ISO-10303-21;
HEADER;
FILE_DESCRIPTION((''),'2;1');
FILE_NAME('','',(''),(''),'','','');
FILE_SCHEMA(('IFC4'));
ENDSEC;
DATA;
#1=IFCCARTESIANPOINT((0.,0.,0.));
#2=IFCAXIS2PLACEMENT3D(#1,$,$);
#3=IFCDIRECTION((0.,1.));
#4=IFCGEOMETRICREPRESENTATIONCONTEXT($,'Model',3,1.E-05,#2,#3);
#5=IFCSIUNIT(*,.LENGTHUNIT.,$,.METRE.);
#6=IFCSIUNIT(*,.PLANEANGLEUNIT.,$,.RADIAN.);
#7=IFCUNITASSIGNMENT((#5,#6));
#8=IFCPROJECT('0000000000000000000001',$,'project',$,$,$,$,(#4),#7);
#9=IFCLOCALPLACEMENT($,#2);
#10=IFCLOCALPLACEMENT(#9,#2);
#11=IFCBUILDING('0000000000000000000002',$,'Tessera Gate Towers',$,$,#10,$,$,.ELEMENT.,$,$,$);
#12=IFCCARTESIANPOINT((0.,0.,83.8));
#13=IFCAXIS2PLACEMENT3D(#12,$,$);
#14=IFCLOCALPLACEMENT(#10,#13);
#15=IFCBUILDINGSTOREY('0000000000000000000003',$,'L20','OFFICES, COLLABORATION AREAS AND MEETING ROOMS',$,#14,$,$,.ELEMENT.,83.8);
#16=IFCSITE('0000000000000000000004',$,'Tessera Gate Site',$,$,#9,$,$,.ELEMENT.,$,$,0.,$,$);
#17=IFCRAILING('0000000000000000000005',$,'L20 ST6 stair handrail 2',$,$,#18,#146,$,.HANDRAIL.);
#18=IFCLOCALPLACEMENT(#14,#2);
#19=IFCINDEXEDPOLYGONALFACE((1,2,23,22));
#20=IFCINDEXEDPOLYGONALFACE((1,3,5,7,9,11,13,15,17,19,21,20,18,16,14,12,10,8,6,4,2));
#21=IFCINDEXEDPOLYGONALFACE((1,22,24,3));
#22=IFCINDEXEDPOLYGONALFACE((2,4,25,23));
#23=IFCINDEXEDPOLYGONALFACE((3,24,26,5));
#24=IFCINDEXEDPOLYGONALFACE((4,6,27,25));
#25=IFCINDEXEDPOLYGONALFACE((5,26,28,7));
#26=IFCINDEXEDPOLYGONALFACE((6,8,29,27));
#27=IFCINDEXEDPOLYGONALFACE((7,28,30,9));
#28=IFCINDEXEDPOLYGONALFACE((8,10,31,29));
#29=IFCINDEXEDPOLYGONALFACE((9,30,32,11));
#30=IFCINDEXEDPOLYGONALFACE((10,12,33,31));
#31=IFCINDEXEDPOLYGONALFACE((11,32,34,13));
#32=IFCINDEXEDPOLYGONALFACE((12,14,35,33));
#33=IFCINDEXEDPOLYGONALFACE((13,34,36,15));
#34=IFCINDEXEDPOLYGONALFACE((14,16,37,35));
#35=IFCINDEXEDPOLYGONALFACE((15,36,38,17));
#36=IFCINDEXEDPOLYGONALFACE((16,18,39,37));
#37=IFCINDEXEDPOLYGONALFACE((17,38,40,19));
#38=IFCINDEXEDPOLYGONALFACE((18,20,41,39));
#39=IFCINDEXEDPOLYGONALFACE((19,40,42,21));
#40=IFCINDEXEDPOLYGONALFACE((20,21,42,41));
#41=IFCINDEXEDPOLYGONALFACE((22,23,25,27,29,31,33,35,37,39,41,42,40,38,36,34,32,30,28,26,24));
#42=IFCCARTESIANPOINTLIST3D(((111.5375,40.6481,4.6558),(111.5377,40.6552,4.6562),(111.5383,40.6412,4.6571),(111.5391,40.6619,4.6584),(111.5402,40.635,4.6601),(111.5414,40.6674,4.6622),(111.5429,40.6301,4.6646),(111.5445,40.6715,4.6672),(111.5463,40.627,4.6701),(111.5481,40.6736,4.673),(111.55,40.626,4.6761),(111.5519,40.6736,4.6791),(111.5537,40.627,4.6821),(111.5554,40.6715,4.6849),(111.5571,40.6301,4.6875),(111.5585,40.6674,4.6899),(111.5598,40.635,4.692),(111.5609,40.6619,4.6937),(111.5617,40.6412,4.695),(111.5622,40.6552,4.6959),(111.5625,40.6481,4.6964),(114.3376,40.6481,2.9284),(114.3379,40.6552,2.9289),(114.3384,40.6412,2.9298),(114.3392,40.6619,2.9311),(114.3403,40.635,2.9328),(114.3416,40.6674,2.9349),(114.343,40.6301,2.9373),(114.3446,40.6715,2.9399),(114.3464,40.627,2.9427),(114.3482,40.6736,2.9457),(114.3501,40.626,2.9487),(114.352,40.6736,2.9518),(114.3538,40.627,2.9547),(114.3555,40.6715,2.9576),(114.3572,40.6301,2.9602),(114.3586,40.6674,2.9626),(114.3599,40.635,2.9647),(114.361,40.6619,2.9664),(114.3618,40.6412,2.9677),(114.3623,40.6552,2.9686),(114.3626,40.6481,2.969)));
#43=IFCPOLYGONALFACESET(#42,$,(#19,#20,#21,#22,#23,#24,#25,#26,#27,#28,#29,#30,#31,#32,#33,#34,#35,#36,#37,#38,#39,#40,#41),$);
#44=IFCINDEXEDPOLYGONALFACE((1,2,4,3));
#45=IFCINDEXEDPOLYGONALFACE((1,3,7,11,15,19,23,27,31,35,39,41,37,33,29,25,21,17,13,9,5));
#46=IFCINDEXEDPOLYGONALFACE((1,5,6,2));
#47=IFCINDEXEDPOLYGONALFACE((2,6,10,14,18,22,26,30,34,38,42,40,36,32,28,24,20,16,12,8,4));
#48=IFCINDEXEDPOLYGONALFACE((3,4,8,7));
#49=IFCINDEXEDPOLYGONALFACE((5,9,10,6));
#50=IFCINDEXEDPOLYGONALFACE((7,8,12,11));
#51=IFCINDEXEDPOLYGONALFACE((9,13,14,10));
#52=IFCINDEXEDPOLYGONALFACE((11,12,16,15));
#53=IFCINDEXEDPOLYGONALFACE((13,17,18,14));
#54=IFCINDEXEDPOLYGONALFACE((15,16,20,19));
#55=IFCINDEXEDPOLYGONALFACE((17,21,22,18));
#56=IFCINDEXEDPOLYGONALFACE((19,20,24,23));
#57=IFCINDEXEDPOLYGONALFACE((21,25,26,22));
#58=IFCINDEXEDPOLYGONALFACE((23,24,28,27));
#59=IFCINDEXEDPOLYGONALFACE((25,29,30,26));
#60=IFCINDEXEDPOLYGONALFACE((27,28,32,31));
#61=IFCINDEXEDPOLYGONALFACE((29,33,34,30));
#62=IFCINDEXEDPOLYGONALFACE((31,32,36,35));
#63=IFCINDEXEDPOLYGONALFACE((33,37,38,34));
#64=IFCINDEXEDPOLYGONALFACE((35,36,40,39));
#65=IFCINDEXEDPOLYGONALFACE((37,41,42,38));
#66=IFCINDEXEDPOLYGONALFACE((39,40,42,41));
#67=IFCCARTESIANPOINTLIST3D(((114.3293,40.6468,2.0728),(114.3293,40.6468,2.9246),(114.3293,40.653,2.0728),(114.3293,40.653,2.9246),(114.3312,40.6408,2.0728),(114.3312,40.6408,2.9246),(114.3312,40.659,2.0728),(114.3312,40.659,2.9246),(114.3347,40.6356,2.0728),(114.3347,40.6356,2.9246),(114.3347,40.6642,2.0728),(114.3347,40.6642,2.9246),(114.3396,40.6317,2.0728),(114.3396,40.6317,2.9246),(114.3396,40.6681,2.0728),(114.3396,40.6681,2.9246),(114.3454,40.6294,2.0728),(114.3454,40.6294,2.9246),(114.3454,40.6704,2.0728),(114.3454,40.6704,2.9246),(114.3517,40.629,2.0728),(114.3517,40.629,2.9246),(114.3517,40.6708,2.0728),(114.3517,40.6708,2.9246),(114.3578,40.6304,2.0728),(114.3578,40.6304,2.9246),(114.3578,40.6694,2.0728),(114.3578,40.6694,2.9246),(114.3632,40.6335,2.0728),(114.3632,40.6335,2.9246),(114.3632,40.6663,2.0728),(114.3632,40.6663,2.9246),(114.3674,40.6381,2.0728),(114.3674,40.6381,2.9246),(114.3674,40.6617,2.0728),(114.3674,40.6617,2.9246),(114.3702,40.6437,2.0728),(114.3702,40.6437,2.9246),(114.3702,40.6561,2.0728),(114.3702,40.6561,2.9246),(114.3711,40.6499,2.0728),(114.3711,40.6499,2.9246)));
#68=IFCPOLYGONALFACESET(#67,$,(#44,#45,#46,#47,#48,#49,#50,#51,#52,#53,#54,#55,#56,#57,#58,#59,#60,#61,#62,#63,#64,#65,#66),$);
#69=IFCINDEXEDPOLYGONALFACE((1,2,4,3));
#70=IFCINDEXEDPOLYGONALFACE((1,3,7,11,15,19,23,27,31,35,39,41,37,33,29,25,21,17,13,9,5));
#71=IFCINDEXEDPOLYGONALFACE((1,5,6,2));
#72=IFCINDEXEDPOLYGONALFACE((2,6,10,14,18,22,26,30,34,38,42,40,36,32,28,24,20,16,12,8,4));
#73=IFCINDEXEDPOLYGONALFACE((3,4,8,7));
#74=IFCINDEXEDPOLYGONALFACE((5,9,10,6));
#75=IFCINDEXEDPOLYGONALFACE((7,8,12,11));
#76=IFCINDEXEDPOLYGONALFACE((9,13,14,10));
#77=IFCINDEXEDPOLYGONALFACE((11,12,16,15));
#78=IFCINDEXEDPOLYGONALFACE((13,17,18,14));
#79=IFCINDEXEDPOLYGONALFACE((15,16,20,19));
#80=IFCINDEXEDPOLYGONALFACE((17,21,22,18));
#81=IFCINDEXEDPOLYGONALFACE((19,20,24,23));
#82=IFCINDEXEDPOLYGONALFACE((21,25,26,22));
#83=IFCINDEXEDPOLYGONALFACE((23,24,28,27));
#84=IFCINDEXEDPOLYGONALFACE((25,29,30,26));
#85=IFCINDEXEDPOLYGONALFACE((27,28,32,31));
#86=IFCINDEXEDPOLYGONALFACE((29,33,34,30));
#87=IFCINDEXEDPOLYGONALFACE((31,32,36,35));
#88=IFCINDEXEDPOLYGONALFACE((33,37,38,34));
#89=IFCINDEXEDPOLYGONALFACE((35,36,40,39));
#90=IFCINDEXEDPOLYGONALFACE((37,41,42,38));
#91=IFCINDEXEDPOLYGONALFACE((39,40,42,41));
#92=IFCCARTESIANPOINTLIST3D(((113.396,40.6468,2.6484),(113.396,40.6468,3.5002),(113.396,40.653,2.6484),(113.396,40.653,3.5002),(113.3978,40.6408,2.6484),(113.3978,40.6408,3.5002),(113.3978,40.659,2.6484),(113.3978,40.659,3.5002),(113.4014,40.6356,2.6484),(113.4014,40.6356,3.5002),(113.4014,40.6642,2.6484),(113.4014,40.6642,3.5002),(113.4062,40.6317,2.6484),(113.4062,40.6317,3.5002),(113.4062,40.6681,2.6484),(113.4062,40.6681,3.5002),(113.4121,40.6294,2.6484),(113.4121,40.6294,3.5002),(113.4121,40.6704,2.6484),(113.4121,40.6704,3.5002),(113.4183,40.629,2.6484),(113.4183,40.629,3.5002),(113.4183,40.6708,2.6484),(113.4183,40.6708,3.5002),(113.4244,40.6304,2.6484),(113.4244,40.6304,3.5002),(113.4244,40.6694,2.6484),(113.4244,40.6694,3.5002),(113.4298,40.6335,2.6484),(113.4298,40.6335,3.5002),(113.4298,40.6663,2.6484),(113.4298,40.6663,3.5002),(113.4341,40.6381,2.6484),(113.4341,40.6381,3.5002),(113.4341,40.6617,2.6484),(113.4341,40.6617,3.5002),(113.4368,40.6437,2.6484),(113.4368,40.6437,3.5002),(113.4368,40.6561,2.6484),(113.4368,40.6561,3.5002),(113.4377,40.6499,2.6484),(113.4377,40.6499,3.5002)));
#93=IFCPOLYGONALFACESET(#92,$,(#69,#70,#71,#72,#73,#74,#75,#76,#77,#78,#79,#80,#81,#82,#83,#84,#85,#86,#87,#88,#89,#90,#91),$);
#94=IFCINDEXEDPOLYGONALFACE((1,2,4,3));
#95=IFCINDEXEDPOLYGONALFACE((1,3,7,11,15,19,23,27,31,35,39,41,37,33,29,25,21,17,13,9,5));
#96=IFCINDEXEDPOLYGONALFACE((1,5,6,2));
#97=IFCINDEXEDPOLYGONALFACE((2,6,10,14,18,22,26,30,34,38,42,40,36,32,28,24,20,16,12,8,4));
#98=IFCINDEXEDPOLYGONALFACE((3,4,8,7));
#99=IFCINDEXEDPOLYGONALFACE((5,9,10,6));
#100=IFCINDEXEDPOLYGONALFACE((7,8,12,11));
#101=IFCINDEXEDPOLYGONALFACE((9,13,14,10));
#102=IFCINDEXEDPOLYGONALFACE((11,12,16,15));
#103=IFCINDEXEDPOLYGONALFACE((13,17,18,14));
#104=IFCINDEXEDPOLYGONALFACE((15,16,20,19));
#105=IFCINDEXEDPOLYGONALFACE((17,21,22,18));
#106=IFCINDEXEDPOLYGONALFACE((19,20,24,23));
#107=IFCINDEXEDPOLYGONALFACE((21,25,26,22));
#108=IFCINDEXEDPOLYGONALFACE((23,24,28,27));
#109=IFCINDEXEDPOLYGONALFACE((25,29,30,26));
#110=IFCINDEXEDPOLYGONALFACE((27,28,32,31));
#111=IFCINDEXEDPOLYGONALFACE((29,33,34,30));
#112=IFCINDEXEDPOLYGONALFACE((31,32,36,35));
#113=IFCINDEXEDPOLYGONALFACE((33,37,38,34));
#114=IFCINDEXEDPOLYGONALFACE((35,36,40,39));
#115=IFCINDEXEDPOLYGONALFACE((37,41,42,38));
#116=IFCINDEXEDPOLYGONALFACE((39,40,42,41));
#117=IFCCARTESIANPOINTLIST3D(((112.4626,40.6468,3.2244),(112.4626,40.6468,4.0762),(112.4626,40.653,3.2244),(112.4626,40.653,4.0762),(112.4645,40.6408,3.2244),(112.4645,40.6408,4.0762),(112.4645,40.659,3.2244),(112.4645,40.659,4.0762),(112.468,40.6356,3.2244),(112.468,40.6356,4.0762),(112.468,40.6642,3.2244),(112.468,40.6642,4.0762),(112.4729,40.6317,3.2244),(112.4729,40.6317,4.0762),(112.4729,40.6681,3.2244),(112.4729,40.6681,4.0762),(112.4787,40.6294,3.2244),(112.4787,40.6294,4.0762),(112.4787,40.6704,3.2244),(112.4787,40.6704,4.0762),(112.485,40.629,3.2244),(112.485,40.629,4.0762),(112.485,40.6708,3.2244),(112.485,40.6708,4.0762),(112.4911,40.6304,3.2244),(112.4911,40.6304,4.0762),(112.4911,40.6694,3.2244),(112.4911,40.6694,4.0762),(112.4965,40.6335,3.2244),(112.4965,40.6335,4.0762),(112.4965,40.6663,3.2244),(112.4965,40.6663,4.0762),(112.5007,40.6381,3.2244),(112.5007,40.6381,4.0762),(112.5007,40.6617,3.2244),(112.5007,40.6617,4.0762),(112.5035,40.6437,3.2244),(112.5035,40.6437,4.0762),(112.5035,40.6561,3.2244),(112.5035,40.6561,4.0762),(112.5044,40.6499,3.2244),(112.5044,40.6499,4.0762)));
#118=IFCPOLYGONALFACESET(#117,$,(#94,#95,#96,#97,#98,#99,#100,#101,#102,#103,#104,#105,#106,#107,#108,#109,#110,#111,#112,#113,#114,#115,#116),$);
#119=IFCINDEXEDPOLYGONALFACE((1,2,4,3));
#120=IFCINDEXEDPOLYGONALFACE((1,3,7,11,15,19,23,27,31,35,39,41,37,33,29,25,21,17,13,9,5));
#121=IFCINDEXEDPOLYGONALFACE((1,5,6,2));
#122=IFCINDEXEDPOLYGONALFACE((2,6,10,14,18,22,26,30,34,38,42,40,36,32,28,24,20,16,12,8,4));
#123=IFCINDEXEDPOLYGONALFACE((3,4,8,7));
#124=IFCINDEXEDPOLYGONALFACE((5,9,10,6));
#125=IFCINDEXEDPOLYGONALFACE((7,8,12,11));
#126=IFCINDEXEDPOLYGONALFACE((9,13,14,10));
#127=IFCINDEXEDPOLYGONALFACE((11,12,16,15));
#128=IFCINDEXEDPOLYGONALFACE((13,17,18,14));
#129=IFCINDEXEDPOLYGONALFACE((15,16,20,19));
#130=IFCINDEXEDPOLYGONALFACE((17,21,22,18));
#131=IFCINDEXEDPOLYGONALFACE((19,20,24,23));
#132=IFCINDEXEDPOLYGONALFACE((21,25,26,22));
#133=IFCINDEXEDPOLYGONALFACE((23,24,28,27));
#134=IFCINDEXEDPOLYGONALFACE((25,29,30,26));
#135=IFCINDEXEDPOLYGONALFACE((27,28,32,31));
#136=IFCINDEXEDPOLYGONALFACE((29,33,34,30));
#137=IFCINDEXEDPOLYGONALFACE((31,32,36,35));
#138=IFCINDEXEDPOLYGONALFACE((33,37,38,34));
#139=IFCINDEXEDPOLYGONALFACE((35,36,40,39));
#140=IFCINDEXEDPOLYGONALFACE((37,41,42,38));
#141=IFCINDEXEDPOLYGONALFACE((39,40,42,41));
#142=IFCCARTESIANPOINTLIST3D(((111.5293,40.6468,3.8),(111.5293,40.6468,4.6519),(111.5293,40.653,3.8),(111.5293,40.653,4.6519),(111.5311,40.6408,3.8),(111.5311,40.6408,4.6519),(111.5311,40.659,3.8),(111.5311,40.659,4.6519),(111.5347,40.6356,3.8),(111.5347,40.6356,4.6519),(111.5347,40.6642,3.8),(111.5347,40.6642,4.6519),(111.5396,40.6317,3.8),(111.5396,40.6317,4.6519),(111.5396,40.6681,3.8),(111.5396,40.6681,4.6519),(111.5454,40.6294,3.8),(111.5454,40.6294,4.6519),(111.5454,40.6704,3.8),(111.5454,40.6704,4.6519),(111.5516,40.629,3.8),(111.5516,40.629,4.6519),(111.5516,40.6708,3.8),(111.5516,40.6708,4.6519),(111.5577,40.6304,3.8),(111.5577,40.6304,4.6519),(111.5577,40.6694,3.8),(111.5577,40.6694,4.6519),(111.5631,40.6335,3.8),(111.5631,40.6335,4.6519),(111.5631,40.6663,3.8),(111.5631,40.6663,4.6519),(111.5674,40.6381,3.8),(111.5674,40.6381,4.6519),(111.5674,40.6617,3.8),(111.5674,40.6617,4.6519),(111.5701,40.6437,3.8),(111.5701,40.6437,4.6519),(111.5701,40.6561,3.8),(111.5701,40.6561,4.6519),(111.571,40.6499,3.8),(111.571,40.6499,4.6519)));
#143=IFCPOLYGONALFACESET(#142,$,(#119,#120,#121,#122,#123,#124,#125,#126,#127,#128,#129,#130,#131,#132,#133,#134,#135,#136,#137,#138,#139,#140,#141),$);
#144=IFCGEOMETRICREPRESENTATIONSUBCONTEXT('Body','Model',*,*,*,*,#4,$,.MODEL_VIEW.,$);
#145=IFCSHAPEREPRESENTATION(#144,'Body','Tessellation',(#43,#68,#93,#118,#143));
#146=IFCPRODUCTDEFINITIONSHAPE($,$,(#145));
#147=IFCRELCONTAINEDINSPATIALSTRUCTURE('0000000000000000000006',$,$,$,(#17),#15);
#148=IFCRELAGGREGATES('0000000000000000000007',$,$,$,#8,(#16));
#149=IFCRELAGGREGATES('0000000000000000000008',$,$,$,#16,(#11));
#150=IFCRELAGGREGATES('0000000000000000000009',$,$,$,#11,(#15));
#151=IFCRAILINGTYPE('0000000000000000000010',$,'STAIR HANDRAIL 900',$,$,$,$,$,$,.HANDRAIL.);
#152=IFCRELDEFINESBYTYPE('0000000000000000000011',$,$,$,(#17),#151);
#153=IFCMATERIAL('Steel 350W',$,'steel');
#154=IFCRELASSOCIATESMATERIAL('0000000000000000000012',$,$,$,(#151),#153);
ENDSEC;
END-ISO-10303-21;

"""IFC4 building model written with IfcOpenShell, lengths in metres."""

from ifc_helpers import new_model, si_unit, direction, frame, origin, origin_2d, place, context, subcontext, project, spatial, circle, extrude, material, type_object, element, save


model = new_model("IFC4")

# Units and contexts
model_context = context("Model", 3, precision=1e-05, world=origin(), true_north=direction((0.0, 1.0)))
body_context = subcontext(model_context, "Body", "Model", "MODEL_VIEW")
ifc_project = project(units=[si_unit("LENGTHUNIT", "METRE"), si_unit("PLANEANGLEUNIT", "RADIAN")], contexts=[model_context])

# Site, building, storey
site_placement = place(None, origin())
site = spatial("IfcSite", under=ifc_project, at=site_placement, Name="Tessera Gate Site", CompositionType="ELEMENT", RefElevation=0.0)
building_placement = place(site_placement, origin())
building = spatial("IfcBuilding", under=site, at=building_placement, Name="Tessera Gate Towers", CompositionType="ELEMENT")
storey_placement = place(building_placement, frame((0.0, 0.0, 83.8)))
storey = spatial("IfcBuildingStorey", under=building, at=storey_placement, Name="L20", Description="OFFICES, COLLABORATION AREAS AND MEETING ROOMS", CompositionType="ELEMENT", Elevation=83.8)

# Railing
ifc_material_1 = material(Name="Steel 350W", Category="steel")
railing_type_1 = type_object("IfcRailingType", Name="STAIR HANDRAIL 900", PredefinedType="HANDRAIL", material=ifc_material_1)
railing_1_placement = place(storey_placement, frame((114.3501, 40.6499, 2.0728)))
element("IfcRailing", 1, at=railing_1_placement, inside=storey, type_object=railing_type_1, Name="L20 ST6 stair handrail 2", PredefinedType="HANDRAIL", context=body_context, shape_type="SweptSolid", body=[
    extrude(circle(Radius=0.0239, at=origin_2d()), frame((0.0, 0.0, 0.876), z_axis=(-0.85109, 0.0, 0.52502), x_axis=(0.0, -1.0, 0.0)), (0.0, 0.0, 1.0), 3.29),
    extrude(circle(Radius=0.021, at=origin_2d()), origin(), (0.0, 0.0, 1.0), 0.8518),
    extrude(circle(Radius=0.021, at=origin_2d()), frame((-0.9333, 0.0, 0.5757)), (0.0, 0.0, 1.0), 0.8518),
    extrude(circle(Radius=0.021, at=origin_2d()), frame((-1.8667, 0.0, 1.1516)), (0.0, 0.0, 1.0), 0.8518),
    extrude(circle(Radius=0.021, at=origin_2d()), frame((-2.8, 0.0, 1.7273)), (0.0, 0.0, 1.0), 0.8518),
])

save(model, "model.ifc")
